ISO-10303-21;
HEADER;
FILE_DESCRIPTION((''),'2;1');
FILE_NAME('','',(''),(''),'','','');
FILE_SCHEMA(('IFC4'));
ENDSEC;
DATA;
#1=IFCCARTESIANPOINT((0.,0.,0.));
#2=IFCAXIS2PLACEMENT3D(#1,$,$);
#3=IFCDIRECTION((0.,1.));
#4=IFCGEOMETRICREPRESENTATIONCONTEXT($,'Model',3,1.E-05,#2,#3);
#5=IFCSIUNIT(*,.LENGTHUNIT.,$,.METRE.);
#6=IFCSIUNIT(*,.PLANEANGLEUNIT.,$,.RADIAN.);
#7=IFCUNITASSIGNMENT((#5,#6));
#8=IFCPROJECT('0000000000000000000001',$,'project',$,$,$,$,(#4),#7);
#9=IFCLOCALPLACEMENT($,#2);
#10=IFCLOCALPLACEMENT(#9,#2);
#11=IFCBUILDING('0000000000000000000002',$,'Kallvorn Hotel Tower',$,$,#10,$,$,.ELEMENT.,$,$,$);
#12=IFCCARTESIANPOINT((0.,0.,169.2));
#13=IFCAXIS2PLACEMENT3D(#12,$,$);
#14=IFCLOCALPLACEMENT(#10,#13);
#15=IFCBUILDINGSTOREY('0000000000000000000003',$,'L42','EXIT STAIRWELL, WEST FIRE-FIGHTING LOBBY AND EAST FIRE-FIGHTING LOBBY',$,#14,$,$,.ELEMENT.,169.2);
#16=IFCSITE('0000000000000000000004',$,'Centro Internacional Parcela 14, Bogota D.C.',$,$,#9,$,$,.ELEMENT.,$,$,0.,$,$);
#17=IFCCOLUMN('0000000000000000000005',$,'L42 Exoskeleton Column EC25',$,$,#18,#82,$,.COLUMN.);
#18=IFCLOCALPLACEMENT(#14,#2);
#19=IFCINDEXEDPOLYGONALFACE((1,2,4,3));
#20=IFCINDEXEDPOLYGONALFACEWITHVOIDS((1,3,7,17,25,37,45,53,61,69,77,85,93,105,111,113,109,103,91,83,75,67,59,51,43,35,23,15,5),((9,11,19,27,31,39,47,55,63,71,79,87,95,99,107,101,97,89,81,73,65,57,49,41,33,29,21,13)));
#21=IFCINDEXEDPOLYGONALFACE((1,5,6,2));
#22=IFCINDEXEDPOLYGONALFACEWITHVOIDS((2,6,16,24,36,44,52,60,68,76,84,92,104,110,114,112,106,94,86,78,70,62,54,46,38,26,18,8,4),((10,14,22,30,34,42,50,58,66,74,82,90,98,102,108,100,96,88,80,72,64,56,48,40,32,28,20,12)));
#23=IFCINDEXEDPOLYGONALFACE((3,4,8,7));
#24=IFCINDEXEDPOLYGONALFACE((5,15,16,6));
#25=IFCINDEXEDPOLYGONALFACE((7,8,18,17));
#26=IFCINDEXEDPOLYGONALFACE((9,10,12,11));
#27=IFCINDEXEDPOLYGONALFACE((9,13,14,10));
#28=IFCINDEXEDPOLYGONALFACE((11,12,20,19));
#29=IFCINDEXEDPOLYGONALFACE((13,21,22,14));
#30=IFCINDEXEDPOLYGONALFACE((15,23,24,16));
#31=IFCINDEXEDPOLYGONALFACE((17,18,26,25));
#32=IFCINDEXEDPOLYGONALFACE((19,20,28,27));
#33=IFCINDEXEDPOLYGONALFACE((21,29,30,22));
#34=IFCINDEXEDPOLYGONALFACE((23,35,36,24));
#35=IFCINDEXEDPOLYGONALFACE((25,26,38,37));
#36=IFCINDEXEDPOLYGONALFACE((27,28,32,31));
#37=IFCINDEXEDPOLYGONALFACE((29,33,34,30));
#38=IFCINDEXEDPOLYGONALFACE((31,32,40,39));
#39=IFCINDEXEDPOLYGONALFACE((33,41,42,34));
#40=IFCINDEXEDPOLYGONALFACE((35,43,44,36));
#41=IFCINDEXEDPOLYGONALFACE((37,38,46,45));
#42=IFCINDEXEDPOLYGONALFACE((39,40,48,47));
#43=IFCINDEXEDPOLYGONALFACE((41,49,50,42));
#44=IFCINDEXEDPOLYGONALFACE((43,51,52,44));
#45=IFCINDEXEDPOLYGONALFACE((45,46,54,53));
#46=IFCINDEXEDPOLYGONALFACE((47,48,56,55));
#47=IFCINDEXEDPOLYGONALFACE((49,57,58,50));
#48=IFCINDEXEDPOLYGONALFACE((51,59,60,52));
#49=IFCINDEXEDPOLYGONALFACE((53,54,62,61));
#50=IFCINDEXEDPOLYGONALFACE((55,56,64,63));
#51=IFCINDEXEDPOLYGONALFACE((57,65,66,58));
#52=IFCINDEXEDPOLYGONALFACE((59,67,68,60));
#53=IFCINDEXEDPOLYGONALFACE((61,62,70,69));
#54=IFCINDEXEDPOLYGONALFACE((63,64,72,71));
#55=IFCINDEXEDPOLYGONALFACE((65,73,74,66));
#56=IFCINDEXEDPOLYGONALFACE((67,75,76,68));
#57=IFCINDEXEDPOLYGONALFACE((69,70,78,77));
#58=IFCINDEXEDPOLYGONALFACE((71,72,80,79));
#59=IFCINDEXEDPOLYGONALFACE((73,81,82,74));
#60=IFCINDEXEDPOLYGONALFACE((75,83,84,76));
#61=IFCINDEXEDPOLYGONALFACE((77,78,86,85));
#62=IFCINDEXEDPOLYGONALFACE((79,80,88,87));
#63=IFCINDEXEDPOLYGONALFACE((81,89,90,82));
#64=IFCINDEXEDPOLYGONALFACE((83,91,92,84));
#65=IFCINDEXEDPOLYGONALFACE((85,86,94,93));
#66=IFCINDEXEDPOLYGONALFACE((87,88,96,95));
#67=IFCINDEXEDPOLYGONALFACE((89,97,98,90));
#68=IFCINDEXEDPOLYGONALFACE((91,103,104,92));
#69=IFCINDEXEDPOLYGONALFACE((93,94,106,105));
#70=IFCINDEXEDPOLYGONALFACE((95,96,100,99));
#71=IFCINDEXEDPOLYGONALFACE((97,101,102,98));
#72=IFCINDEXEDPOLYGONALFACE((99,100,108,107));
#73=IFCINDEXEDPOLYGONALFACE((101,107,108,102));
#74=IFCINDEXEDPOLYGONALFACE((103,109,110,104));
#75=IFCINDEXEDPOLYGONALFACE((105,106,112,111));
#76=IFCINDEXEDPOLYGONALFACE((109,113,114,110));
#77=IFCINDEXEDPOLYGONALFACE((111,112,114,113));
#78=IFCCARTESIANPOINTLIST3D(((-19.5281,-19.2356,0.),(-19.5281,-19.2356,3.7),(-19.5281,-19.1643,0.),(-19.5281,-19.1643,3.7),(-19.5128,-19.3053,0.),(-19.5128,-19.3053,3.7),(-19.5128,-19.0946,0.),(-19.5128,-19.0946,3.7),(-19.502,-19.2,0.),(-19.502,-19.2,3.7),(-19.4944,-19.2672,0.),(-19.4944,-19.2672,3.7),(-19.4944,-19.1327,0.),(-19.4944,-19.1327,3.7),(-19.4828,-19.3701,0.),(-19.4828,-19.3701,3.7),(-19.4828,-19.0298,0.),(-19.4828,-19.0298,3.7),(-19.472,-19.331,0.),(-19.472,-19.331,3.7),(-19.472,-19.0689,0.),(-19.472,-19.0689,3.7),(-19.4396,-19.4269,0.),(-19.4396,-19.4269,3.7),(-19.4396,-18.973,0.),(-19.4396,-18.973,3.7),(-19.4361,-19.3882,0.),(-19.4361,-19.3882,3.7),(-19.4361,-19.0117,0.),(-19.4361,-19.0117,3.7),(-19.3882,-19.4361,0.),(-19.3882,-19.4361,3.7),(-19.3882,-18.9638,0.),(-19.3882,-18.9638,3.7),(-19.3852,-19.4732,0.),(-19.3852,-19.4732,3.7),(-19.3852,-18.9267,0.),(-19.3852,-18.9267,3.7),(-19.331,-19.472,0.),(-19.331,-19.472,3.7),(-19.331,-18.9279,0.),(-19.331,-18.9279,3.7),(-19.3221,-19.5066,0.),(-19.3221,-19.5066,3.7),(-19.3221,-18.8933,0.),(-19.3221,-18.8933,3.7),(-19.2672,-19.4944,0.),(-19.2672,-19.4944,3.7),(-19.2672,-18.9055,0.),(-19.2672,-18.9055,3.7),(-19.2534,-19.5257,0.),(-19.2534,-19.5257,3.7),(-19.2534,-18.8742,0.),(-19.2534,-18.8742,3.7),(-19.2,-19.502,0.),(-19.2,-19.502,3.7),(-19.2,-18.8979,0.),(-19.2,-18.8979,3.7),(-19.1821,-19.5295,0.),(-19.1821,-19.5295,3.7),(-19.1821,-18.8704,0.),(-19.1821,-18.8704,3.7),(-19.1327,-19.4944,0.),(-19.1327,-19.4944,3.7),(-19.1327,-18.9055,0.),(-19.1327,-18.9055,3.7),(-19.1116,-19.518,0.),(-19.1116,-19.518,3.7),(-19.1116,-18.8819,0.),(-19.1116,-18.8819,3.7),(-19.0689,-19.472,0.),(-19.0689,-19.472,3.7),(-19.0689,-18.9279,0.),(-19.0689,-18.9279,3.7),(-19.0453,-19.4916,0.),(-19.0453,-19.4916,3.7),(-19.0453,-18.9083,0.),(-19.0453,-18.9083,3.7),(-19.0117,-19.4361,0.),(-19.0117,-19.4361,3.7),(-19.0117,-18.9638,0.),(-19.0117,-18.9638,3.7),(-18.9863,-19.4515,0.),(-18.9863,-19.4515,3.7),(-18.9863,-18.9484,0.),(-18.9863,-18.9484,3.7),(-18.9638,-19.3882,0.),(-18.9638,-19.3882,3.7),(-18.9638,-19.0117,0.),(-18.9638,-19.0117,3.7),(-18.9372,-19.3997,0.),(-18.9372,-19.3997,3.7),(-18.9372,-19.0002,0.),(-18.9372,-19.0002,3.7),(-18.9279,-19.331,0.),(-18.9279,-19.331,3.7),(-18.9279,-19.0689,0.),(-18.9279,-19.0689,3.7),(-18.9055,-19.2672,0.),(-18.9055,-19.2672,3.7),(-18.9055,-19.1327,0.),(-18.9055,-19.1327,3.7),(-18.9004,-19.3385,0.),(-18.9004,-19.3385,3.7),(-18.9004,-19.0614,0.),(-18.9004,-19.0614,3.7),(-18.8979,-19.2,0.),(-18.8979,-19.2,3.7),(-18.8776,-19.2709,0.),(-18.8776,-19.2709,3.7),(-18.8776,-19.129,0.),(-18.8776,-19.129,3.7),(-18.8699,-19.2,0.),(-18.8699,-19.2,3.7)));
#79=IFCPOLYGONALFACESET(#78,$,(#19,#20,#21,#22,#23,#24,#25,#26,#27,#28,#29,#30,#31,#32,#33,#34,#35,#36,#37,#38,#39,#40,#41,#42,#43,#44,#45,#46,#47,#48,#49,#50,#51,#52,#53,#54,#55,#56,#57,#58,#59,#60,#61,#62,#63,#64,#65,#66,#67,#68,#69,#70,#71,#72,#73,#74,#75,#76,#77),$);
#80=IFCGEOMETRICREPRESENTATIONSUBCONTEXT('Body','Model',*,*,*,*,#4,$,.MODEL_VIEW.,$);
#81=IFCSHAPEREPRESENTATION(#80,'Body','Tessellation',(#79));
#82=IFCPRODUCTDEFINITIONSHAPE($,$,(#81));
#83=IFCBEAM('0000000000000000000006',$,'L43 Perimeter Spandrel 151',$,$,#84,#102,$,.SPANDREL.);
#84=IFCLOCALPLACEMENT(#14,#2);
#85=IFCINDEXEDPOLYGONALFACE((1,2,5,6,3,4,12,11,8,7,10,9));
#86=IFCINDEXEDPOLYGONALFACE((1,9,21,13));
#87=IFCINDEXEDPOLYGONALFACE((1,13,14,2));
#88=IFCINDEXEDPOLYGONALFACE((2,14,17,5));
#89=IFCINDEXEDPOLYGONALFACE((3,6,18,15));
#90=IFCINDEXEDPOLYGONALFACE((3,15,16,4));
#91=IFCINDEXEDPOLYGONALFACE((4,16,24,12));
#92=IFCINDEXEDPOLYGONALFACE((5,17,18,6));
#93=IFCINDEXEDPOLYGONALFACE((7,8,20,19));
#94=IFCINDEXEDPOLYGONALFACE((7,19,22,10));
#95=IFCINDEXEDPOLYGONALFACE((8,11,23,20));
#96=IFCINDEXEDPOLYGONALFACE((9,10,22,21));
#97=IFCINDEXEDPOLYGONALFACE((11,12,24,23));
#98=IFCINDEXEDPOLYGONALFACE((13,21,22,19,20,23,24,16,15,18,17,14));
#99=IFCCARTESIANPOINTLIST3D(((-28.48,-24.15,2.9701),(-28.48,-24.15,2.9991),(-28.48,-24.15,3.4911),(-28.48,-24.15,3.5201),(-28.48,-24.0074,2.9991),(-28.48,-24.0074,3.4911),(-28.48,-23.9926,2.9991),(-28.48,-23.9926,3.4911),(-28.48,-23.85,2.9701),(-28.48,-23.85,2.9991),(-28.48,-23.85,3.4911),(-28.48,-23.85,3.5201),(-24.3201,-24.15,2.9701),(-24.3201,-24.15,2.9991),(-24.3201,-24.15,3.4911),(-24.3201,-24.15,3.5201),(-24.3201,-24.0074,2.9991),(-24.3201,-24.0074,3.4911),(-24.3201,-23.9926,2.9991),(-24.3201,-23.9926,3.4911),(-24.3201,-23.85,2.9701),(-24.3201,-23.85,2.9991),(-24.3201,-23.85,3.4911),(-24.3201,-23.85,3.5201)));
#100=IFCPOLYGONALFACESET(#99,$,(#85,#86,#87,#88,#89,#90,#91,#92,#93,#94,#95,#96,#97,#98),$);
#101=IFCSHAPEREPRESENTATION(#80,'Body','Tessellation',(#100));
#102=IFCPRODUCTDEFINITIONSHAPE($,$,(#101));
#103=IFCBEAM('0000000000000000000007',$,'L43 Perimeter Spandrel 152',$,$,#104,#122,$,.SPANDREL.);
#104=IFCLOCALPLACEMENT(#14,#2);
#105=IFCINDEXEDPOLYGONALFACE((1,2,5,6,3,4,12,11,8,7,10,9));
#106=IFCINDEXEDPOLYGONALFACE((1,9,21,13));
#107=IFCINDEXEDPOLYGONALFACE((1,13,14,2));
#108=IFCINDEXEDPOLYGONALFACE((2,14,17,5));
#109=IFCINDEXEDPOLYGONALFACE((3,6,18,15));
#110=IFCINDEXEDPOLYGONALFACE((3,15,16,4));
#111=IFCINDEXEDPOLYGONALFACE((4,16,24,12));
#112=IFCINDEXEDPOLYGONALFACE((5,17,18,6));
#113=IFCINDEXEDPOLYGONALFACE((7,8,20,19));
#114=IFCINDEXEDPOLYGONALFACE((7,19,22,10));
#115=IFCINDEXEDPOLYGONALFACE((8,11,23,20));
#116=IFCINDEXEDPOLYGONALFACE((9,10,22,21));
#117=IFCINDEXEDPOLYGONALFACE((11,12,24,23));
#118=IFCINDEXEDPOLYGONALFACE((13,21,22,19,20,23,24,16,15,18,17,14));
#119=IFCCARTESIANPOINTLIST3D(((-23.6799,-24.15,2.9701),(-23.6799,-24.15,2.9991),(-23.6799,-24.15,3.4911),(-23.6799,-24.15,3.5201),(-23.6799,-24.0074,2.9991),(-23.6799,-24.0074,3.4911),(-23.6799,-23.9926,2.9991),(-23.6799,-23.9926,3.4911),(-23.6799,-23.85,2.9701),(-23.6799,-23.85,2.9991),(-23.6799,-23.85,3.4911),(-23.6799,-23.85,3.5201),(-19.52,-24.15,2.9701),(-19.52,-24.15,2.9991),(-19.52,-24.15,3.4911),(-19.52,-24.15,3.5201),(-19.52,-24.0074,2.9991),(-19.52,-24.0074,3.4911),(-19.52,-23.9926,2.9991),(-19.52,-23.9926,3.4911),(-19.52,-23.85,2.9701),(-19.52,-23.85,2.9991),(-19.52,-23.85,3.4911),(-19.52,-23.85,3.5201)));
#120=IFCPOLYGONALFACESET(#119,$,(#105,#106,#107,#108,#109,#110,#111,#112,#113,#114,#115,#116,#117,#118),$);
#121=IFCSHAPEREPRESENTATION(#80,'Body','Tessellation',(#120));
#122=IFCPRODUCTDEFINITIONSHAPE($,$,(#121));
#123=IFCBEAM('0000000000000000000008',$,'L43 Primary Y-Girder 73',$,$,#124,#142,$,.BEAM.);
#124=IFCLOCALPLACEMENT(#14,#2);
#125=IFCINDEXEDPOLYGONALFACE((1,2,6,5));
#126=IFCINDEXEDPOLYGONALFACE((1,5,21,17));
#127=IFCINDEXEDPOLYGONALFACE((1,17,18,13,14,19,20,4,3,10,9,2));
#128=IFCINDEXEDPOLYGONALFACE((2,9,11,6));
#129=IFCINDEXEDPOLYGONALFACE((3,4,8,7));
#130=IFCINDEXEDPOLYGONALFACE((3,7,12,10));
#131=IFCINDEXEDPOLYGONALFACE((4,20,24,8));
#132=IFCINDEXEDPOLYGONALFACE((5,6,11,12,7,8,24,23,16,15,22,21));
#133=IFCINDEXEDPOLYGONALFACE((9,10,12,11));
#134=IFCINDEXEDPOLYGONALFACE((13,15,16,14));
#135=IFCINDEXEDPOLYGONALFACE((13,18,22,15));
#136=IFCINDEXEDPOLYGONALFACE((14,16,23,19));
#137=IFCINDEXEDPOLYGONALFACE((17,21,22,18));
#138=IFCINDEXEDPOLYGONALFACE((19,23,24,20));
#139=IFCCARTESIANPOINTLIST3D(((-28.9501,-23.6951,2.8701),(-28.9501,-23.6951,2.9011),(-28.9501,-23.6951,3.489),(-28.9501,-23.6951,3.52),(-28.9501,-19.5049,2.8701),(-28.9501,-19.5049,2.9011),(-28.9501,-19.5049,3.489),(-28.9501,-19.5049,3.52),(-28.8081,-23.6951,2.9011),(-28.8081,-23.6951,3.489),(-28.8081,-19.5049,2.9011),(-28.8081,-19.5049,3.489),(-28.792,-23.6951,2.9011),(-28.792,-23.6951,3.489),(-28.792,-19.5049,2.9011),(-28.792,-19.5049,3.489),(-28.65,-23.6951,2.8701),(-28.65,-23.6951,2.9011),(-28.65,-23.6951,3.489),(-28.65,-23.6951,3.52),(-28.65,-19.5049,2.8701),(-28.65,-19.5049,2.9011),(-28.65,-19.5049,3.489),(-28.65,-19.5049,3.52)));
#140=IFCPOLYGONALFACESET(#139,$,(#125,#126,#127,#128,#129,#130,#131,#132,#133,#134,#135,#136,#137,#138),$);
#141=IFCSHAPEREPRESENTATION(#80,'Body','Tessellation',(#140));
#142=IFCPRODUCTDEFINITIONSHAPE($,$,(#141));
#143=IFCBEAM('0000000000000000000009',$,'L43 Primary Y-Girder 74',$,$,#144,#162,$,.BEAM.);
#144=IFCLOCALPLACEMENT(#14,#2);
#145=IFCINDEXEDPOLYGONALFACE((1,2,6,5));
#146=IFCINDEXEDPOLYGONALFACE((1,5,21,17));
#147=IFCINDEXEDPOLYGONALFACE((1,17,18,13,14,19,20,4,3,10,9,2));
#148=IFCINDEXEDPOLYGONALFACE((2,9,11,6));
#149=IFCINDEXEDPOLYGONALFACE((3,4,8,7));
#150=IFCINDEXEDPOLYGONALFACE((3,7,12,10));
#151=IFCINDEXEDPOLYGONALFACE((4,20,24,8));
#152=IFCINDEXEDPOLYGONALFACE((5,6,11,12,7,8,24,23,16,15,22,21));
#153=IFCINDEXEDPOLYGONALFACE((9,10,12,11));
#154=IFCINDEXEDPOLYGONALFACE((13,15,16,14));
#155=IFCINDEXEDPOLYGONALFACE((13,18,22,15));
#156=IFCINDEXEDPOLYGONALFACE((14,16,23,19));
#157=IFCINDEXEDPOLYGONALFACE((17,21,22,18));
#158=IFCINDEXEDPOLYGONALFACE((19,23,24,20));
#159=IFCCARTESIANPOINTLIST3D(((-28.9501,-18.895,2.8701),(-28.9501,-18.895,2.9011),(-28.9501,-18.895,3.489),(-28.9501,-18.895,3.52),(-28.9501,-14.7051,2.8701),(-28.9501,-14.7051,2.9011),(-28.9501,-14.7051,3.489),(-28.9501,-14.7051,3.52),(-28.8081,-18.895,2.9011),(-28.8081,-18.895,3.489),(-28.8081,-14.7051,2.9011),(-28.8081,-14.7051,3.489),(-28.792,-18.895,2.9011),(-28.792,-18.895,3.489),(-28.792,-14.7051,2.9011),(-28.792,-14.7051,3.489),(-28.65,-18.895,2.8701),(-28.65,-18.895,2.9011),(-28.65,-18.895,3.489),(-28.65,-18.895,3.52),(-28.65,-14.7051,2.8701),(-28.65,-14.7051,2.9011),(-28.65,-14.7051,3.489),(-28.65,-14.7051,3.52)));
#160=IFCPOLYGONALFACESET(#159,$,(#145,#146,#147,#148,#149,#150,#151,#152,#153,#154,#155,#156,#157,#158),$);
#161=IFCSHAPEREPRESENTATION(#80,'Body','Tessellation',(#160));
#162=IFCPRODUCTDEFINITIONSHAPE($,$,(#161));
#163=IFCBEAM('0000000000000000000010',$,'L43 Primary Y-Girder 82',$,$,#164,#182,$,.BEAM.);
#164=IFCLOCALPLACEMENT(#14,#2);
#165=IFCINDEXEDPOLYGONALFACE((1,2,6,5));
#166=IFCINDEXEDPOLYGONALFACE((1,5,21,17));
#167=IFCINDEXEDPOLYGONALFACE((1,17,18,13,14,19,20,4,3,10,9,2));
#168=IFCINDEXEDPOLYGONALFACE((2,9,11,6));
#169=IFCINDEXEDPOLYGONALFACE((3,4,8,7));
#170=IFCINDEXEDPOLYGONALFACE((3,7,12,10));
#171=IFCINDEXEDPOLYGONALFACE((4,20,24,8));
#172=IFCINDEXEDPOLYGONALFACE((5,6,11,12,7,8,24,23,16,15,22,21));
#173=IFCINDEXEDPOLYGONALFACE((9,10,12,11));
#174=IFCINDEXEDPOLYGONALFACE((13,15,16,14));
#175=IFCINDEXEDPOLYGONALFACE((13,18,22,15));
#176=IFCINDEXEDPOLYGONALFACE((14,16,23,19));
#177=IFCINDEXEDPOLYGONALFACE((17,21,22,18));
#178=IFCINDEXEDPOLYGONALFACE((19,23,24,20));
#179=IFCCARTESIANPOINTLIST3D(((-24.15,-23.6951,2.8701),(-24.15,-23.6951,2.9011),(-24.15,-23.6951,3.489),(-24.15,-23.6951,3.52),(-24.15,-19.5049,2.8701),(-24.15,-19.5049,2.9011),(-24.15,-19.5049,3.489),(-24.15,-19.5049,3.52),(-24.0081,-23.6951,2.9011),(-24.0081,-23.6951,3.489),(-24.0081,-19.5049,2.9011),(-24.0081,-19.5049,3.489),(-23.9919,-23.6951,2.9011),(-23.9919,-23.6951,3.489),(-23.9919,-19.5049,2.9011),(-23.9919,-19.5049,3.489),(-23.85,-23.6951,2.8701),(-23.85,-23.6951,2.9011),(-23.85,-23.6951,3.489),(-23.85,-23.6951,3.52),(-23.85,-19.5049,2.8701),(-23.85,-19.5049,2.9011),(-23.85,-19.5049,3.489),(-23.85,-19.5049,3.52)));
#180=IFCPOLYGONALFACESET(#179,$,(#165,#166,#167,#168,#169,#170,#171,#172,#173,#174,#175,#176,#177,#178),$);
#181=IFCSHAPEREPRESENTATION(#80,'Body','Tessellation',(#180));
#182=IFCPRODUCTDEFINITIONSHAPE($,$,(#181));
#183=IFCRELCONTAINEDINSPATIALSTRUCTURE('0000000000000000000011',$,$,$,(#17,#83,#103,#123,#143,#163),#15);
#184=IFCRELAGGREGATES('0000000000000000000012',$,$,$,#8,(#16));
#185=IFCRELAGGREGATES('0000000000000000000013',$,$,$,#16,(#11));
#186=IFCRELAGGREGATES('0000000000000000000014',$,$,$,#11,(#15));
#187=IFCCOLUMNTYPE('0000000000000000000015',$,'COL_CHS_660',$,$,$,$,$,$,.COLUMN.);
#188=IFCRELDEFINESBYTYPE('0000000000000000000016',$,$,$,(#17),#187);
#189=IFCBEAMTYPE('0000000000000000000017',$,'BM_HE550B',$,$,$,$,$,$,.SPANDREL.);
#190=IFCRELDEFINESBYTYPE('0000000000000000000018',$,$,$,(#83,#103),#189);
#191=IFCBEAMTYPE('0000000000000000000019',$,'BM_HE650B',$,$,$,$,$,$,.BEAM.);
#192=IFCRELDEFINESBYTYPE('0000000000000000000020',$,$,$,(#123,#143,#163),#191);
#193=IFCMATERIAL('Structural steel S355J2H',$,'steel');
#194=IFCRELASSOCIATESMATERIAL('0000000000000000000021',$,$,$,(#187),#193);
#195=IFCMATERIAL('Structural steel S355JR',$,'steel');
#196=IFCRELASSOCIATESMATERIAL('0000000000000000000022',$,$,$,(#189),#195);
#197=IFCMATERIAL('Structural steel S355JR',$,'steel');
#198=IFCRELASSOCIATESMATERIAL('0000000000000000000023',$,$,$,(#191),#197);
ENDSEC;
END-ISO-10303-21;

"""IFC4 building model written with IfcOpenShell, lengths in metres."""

from ifc_helpers import new_model, si_unit, direction, frame, origin, origin_2d, place, context, subcontext, project, spatial, hollow_circle, i_section, extrude, material, material_profile, profile_set, type_object, element, save


model = new_model("IFC4")

# Units and contexts
model_context = context("Model", 3, precision=1e-05, world=origin(), true_north=direction((0.0, 1.0)))
body_context = subcontext(model_context, "Body", "Model", "MODEL_VIEW")
ifc_project = project(units=[si_unit("LENGTHUNIT", "METRE"), si_unit("PLANEANGLEUNIT", "RADIAN")], contexts=[model_context])

# Site, building, storey
site_placement = place(None, origin())
site = spatial("IfcSite", under=ifc_project, at=site_placement, Name="Centro Internacional Parcela 14, Bogota D.C.", CompositionType="ELEMENT", RefElevation=0.0)
building_placement = place(site_placement, origin())
building = spatial("IfcBuilding", under=site, at=building_placement, Name="Kallvorn Hotel Tower", CompositionType="ELEMENT")
storey_placement = place(building_placement, frame((0.0, 0.0, 169.2)))
storey = spatial("IfcBuildingStorey", under=building, at=storey_placement, Name="L42", Description="EXIT STAIRWELL, WEST FIRE-FIGHTING LOBBY AND EAST FIRE-FIGHTING LOBBY", CompositionType="ELEMENT", Elevation=169.2)

# Column
ifc_material_1 = material(Name="Structural steel S355J2H", Category="steel")
ifc_material_profile_1 = material_profile(ifc_material_1, hollow_circle(Radius=0.3301, WallThickness=0.0281, at=origin_2d()), Name="CHS 660x28")
ifc_profile_set_1 = profile_set([ifc_material_profile_1], Name="Structural steel S355J2H")
column_type = type_object("IfcColumnType", Name="COL_CHS_660", PredefinedType="COLUMN", material=ifc_profile_set_1)
for number, where, z_axis, x_axis, name in (
    (1, (-19.2, -19.2, 0.0), (0.0, 0.0, 1.0), (1.0, 0.0, 0.0), "L42 Exoskeleton Column EC25"),
):
    element("IfcColumn", number, at=place(storey_placement, frame(where, z_axis=z_axis, x_axis=x_axis)), inside=storey, type_object=column_type, Name=name, PredefinedType="COLUMN", context=body_context, shape_type="SweptSolid", body=[
        extrude(hollow_circle(Radius=0.3301, WallThickness=0.0281, at=origin_2d()), origin(), (0.0, 0.0, 1.0), 3.7),
    ])

# Beams
ifc_material_2 = material(Name="Structural steel S355JR", Category="steel")
ifc_material_profile_2 = material_profile(ifc_material_2, i_section(OverallWidth=0.3, OverallDepth=0.55, WebThickness=0.0149, FlangeThickness=0.0291, at=origin_2d()), Name="HE 550 B")
ifc_profile_set_2 = profile_set([ifc_material_profile_2], Name="Structural steel S355JR")
beam_type_1 = type_object("IfcBeamType", Name="BM_HE550B", PredefinedType="SPANDREL", material=ifc_profile_set_2)
for number, where, z_axis, x_axis, name in (
    (2, (-28.48, -24.0, 3.2451), (1.0, 0.0, 0.0), (0.0, 1.0, 0.0), "L43 Perimeter Spandrel 151"),
    (3, (-23.6799, -24.0, 3.2451), (1.0, 0.0, 0.0), (0.0, 1.0, 0.0), "L43 Perimeter Spandrel 152"),
):
    element("IfcBeam", number, at=place(storey_placement, frame(where, z_axis=z_axis, x_axis=x_axis)), inside=storey, type_object=beam_type_1, Name=name, PredefinedType="SPANDREL", context=body_context, shape_type="SweptSolid", body=[
        extrude(i_section(OverallWidth=0.3, OverallDepth=0.55, WebThickness=0.0149, FlangeThickness=0.0291, at=origin_2d()), origin(), (0.0, 0.0, 1.0), 4.1599),
    ])
ifc_material_3 = material(Name="Structural steel S355JR", Category="steel")
ifc_material_profile_3 = material_profile(ifc_material_3, i_section(OverallWidth=0.3, OverallDepth=0.6499, WebThickness=0.0161, FlangeThickness=0.031, at=origin_2d()), Name="HE 650 B")
ifc_profile_set_3 = profile_set([ifc_material_profile_3], Name="Structural steel S355JR")
beam_type_2 = type_object("IfcBeamType", Name="BM_HE650B", PredefinedType="BEAM", material=ifc_profile_set_3)
beam_1_placement = place(storey_placement, frame((-28.8, -23.6951, 3.1951), z_axis=(0.0, 1.0, 0.0), x_axis=(-1.0, 0.0, 0.0)))
element("IfcBeam", 4, at=beam_1_placement, inside=storey, type_object=beam_type_2, Name="L43 Primary Y-Girder 73", PredefinedType="BEAM", context=body_context, shape_type="SweptSolid", body=[
    extrude(i_section(OverallWidth=0.3, OverallDepth=0.6499, WebThickness=0.0161, FlangeThickness=0.031, at=origin_2d()), origin(), (0.0, 0.0, 1.0), 4.1902),
])
beam_2_placement = place(storey_placement, frame((-28.8, -18.895, 3.1951), z_axis=(0.0, 1.0, 0.0), x_axis=(-1.0, 0.0, 0.0)))
element("IfcBeam", 5, at=beam_2_placement, inside=storey, type_object=beam_type_2, Name="L43 Primary Y-Girder 74", PredefinedType="BEAM", context=body_context, shape_type="SweptSolid", body=[
    extrude(i_section(OverallWidth=0.3, OverallDepth=0.6499, WebThickness=0.0161, FlangeThickness=0.031, at=origin_2d()), origin(), (0.0, 0.0, 1.0), 4.1899),
])
beam_3_placement = place(storey_placement, frame((-24.0, -23.6951, 3.1951), z_axis=(0.0, 1.0, 0.0), x_axis=(-1.0, 0.0, 0.0)))
element("IfcBeam", 6, at=beam_3_placement, inside=storey, type_object=beam_type_2, Name="L43 Primary Y-Girder 82", PredefinedType="BEAM", context=body_context, shape_type="SweptSolid", body=[
    extrude(i_section(OverallWidth=0.3, OverallDepth=0.6499, WebThickness=0.0161, FlangeThickness=0.031, at=origin_2d()), origin(), (0.0, 0.0, 1.0), 4.1902),
])

save(model, "model.ifc")
